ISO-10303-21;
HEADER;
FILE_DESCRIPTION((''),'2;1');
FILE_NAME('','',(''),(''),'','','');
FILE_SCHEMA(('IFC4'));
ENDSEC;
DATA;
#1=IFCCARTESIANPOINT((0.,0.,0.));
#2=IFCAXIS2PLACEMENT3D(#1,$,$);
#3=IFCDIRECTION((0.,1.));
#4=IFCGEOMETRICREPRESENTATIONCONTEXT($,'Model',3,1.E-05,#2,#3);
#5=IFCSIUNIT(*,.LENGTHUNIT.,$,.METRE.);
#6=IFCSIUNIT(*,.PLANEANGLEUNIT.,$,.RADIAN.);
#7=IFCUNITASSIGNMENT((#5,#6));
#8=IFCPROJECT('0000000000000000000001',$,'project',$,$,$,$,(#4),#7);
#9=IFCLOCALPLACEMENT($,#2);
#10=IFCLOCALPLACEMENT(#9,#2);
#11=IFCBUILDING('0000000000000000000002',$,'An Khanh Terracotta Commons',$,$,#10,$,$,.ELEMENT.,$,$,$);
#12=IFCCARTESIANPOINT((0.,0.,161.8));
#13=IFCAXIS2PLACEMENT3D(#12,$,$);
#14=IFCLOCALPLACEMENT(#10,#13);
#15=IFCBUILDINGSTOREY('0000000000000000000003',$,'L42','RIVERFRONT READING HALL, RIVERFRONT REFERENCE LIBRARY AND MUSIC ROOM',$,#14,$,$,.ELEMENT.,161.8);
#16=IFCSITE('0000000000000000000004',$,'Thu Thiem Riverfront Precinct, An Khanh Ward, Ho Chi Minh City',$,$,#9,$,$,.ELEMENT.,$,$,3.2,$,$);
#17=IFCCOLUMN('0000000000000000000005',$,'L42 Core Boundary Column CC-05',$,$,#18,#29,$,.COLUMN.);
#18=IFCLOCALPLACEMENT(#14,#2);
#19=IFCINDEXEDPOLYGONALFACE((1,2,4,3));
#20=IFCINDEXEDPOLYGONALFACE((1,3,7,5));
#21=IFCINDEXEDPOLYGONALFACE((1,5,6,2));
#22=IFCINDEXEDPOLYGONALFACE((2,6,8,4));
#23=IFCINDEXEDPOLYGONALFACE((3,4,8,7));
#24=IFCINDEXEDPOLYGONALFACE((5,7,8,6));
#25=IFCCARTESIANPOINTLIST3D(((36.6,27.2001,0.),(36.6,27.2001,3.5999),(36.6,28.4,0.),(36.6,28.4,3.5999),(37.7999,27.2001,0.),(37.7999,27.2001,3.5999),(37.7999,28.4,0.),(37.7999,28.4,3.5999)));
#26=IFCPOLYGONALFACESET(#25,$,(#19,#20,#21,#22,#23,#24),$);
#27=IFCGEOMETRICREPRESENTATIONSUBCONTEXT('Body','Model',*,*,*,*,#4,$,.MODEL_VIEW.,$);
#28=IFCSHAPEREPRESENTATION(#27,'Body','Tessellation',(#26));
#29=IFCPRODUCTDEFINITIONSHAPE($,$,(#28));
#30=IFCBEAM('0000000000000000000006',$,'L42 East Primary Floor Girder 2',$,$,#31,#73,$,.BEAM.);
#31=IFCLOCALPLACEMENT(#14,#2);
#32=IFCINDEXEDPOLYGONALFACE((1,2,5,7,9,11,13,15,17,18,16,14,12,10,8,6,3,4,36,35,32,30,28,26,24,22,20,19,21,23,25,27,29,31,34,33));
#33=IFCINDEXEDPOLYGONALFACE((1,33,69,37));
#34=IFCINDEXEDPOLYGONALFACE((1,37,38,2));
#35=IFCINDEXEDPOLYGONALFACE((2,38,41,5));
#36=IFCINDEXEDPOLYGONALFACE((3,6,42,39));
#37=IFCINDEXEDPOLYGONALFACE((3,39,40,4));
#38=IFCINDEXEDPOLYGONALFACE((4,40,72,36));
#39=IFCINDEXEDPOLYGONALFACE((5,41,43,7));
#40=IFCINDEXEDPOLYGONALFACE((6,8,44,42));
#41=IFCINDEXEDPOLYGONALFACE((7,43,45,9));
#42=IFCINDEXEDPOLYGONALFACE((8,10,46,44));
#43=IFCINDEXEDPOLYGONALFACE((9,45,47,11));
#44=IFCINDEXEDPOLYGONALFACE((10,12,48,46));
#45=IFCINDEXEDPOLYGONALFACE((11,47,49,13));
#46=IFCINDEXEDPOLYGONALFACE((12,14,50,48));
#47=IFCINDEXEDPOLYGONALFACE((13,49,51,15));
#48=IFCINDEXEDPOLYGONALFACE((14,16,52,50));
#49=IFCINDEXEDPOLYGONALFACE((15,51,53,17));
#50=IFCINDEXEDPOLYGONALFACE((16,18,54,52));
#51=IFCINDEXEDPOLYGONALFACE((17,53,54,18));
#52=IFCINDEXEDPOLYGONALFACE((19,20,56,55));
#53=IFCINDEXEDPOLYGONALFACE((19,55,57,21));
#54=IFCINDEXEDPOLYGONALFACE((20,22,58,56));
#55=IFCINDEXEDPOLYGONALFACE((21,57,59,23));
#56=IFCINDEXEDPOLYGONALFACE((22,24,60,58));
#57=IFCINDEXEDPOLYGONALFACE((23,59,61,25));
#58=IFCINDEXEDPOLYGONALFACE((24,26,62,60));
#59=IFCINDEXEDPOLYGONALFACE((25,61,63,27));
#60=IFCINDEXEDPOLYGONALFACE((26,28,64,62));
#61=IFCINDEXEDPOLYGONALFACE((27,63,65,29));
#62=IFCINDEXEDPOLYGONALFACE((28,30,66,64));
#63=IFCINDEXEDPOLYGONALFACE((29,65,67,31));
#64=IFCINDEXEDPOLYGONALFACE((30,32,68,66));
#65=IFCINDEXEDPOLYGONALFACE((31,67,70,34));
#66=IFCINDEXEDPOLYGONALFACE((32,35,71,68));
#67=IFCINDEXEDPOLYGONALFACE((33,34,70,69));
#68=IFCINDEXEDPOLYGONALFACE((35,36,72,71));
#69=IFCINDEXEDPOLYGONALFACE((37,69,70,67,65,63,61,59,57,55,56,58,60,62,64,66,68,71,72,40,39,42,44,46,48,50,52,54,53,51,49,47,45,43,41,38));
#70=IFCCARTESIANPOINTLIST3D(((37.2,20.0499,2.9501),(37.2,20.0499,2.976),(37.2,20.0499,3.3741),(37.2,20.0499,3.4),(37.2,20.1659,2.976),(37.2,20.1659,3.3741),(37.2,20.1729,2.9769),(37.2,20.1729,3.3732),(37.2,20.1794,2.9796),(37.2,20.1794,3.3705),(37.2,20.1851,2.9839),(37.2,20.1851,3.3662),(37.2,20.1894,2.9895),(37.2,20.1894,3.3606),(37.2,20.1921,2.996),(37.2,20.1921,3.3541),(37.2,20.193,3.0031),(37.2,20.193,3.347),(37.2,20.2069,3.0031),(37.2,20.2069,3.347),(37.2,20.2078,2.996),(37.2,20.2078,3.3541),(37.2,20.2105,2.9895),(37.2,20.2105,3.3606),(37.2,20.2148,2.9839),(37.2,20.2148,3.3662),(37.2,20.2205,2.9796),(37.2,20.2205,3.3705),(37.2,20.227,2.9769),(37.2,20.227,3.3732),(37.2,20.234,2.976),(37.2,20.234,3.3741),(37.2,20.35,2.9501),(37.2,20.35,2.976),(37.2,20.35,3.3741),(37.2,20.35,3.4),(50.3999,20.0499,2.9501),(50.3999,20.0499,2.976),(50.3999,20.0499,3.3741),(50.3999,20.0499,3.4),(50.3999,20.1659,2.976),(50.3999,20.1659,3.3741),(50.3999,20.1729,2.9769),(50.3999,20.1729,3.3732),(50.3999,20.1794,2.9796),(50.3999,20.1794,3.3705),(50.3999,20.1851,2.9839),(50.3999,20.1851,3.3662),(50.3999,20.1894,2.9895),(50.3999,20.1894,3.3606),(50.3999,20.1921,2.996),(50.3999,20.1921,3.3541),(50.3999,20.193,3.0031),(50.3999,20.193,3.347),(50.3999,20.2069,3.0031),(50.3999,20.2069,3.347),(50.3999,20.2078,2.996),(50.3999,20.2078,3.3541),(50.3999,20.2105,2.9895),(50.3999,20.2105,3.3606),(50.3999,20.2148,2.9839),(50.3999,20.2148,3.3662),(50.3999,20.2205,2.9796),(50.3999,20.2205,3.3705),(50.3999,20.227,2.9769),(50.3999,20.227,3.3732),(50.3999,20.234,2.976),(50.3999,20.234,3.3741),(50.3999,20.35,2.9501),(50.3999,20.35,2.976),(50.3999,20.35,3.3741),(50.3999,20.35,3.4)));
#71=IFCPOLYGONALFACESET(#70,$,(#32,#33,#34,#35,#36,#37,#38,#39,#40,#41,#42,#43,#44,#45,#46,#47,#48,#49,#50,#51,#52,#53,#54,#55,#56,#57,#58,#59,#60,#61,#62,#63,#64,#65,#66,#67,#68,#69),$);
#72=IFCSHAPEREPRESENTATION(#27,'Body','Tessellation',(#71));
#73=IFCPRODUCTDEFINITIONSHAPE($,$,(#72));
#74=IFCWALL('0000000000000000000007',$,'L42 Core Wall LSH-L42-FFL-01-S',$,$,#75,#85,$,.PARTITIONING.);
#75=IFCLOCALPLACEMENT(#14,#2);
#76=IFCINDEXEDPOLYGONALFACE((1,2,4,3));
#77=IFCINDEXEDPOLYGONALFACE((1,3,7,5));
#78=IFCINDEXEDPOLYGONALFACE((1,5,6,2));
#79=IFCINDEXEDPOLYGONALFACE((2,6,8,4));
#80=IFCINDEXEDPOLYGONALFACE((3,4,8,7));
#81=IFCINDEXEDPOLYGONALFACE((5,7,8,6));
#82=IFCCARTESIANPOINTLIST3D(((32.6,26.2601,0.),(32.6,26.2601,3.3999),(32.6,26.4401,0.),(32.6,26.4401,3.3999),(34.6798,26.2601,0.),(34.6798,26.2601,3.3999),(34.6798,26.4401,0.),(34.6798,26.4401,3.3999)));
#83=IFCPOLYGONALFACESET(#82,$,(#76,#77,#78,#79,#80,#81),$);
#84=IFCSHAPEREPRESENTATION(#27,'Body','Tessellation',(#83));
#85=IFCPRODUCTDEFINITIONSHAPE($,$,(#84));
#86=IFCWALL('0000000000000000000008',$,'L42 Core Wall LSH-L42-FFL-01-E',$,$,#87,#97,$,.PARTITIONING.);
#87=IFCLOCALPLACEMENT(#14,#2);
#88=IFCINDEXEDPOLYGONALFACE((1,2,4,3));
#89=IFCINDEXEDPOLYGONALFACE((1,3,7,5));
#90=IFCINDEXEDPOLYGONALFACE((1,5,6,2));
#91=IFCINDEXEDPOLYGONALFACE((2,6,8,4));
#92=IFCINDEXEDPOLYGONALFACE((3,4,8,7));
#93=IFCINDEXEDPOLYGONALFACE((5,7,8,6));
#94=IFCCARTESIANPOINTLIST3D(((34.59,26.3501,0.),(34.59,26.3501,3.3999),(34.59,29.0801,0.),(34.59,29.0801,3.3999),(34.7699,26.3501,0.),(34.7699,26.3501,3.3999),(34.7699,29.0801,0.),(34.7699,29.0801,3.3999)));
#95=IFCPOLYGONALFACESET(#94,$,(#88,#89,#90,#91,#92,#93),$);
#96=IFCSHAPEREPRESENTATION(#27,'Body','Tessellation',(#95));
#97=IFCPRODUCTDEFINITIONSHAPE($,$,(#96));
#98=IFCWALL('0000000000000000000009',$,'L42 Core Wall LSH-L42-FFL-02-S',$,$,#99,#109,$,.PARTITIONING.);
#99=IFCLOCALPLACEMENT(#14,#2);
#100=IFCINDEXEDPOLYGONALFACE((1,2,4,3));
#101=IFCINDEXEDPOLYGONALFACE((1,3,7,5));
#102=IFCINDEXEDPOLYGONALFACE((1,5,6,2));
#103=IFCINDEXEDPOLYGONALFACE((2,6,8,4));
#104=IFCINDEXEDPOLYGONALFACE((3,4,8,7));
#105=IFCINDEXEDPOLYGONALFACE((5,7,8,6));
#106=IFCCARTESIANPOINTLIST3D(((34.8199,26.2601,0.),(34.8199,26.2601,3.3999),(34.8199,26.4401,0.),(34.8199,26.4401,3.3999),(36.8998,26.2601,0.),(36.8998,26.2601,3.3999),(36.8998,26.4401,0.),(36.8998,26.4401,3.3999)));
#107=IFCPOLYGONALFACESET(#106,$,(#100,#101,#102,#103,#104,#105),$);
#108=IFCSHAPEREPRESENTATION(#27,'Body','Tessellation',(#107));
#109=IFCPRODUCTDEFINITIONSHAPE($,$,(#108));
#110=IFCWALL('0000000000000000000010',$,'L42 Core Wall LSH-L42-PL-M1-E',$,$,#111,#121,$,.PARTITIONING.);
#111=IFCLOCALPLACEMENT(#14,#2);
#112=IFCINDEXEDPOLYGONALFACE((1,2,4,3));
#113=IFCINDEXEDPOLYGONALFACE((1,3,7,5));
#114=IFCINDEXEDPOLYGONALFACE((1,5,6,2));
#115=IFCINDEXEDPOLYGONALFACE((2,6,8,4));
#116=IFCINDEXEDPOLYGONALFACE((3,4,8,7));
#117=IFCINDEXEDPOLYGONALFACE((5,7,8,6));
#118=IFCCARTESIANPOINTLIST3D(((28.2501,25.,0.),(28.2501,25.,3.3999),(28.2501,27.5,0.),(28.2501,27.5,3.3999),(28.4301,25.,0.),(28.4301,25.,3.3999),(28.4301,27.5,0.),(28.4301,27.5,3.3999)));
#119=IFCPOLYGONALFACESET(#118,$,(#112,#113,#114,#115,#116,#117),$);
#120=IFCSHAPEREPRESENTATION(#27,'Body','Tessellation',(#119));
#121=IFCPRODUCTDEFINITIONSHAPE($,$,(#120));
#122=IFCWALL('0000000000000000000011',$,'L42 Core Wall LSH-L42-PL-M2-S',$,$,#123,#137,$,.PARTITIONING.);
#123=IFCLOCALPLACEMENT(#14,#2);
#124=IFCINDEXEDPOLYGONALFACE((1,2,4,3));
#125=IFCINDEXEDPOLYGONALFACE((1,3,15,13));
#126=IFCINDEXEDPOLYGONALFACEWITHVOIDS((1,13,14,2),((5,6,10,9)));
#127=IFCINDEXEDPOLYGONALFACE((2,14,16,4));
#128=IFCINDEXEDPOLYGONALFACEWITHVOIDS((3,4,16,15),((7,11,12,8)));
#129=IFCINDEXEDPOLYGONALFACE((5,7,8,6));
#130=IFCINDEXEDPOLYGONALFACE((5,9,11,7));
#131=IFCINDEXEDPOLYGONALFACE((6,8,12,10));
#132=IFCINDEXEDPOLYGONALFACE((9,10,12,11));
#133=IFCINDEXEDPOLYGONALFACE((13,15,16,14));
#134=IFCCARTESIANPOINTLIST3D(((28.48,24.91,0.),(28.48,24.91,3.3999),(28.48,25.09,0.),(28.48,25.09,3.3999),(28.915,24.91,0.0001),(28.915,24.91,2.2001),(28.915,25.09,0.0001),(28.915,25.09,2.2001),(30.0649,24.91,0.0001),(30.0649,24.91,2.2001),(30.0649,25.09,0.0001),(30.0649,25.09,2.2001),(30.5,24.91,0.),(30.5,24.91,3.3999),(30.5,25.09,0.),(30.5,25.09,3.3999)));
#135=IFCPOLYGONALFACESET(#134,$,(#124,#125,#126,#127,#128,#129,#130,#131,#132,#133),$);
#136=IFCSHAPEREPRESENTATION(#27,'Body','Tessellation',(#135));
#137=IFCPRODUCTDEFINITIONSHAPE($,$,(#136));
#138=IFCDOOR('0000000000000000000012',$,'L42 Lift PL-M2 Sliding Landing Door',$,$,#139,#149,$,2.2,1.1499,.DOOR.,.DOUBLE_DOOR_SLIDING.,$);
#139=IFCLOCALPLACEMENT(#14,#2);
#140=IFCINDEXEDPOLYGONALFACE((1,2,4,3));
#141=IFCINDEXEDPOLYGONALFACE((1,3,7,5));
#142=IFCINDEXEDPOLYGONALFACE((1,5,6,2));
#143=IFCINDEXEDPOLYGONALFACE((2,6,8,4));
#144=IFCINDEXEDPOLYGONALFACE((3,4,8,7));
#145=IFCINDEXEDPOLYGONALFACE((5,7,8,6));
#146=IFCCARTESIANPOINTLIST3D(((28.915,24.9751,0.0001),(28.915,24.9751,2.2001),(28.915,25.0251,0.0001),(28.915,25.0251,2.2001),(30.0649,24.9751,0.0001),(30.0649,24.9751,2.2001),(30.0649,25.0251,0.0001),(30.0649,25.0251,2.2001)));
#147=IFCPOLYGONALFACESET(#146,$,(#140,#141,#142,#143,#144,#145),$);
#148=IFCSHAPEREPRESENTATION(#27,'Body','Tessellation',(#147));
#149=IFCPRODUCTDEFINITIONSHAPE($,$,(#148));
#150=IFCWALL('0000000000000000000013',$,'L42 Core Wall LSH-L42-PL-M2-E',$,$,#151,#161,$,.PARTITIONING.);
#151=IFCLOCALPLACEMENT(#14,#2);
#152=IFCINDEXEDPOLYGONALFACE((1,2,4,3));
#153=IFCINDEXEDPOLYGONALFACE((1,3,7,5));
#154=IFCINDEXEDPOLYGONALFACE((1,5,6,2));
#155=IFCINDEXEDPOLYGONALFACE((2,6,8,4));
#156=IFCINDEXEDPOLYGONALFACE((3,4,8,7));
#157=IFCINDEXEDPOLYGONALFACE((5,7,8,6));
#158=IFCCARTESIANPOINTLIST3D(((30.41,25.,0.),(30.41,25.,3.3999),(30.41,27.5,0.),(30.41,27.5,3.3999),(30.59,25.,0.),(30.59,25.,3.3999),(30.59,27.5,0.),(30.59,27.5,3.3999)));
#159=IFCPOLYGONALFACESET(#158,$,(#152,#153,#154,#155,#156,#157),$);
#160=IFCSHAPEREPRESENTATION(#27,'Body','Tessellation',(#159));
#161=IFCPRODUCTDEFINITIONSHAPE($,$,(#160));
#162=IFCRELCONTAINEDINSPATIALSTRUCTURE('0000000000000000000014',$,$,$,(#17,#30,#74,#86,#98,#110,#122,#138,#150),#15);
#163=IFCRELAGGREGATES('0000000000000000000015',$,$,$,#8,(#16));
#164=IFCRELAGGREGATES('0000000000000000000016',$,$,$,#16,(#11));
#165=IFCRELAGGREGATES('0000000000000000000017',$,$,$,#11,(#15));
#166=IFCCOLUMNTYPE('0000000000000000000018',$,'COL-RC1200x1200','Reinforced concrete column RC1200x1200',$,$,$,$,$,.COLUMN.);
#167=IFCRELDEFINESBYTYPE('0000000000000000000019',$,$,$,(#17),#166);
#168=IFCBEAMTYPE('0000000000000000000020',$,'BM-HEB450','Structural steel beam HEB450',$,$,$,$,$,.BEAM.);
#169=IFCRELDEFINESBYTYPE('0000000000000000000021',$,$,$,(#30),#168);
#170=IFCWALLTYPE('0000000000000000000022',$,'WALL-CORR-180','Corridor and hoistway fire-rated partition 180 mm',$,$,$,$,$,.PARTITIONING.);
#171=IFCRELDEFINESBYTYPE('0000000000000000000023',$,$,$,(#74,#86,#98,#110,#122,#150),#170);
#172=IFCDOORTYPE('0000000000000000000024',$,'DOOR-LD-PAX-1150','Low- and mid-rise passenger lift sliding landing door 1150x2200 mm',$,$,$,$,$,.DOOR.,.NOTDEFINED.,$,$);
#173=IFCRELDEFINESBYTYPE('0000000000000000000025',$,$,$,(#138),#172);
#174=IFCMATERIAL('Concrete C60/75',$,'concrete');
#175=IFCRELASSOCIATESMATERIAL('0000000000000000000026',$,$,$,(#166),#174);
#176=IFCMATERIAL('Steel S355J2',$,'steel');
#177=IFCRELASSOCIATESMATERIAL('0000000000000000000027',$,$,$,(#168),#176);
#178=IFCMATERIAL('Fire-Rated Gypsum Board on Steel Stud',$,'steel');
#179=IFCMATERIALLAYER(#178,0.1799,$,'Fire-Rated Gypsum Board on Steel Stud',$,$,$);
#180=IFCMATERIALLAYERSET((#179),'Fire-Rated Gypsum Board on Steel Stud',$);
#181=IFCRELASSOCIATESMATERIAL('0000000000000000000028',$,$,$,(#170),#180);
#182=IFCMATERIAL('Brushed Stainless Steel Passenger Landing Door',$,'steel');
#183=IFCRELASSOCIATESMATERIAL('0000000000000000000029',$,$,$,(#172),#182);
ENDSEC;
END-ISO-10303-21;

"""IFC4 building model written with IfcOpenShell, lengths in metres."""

from ifc_helpers import new_model, si_unit, direction, frame, frame_2d, origin, origin_2d, place, context, subcontext, project, spatial, rectangle, i_section, extrude, material, layer, layer_set, material_profile, profile_set, type_object, element, fill, save


model = new_model("IFC4")

# Units and contexts
model_context = context("Model", 3, precision=1e-05, world=origin(), true_north=direction((0.0, 1.0)))
body_context = subcontext(model_context, "Body", "Model", "MODEL_VIEW")
ifc_project = project(units=[si_unit("LENGTHUNIT", "METRE"), si_unit("PLANEANGLEUNIT", "RADIAN")], contexts=[model_context])

# Site, building, storey
site_placement = place(None, origin())
site = spatial("IfcSite", under=ifc_project, at=site_placement, Name="Thu Thiem Riverfront Precinct, An Khanh Ward, Ho Chi Minh City", CompositionType="ELEMENT", RefElevation=3.2)
building_placement = place(site_placement, origin())
building = spatial("IfcBuilding", under=site, at=building_placement, Name="An Khanh Terracotta Commons", CompositionType="ELEMENT")
storey_placement = place(building_placement, frame((0.0, 0.0, 161.8)))
storey = spatial("IfcBuildingStorey", under=building, at=storey_placement, Name="L42", Description="RIVERFRONT READING HALL, RIVERFRONT REFERENCE LIBRARY AND MUSIC ROOM", CompositionType="ELEMENT", Elevation=161.8)

# Column
ifc_material_1 = material(Name="Concrete C60/75", Category="concrete")
ifc_material_profile_1 = material_profile(ifc_material_1, rectangle(XDim=1.2, YDim=1.2, at=origin_2d()), Name="RC1200x1200")
ifc_profile_set_1 = profile_set([ifc_material_profile_1], Name="Concrete C60/75")
column_type = type_object("IfcColumnType", Name="COL-RC1200x1200", Description="Reinforced concrete column RC1200x1200", PredefinedType="COLUMN", material=ifc_profile_set_1)
column_placement = place(storey_placement, frame((37.2, 27.8, 0.0), z_axis=(0.0, 0.0, 1.0), x_axis=(1.0, 0.0, 0.0)))
element("IfcColumn", 1, at=column_placement, inside=storey, type_object=column_type, Name="L42 Core Boundary Column CC-05", PredefinedType="COLUMN", context=body_context, shape_type="SweptSolid", body=[
    extrude(rectangle(XDim=1.2, YDim=1.2, at=origin_2d()), origin(), (0.0, 0.0, 1.0), 3.5999),
])

# Beam
ifc_material_2 = material(Name="Steel S355J2", Category="steel")
ifc_material_profile_2 = material_profile(ifc_material_2, i_section(OverallWidth=0.3, OverallDepth=0.45, WebThickness=0.0139, FlangeThickness=0.0259, FilletRadius=0.0271, at=origin_2d()), Name="HEB450")
ifc_profile_set_2 = profile_set([ifc_material_profile_2], Name="Steel S355J2")
beam_type = type_object("IfcBeamType", Name="BM-HEB450", Description="Structural steel beam HEB450", PredefinedType="BEAM", material=ifc_profile_set_2)
beam_placement = place(storey_placement, frame((37.2, 20.2, 3.175), z_axis=(1.0, 0.0, 0.0), x_axis=(0.0, 1.0, 0.0)))
element("IfcBeam", 2, at=beam_placement, inside=storey, type_object=beam_type, Name="L42 East Primary Floor Girder 2", PredefinedType="BEAM", context=body_context, shape_type="SweptSolid", body=[
    extrude(i_section(OverallWidth=0.3, OverallDepth=0.45, WebThickness=0.0139, FlangeThickness=0.0259, FilletRadius=0.0271, at=origin_2d()), origin(), (0.0, 0.0, 1.0), 13.2),
])

# Walls
ifc_material_3 = material(Name="Fire-Rated Gypsum Board on Steel Stud", Category="steel")
ifc_layer_1 = layer(ifc_material_3, 0.1799, Name="Fire-Rated Gypsum Board on Steel Stud")
ifc_layer_set_1 = layer_set([ifc_layer_1], Name="Fire-Rated Gypsum Board on Steel Stud")
wall_type_1 = type_object("IfcWallType", Name="WALL-CORR-180", Description="Corridor and hoistway fire-rated partition 180 mm", PredefinedType="PARTITIONING", material=ifc_layer_set_1)
wall_1_placement = place(storey_placement, frame((34.6799, 26.3501, 0.0), z_axis=(0.0, 0.0, 1.0), x_axis=(-1.0, 0.0, 0.0)))
element("IfcWall", 3, at=wall_1_placement, inside=storey, type_object=wall_type_1, Name="L42 Core Wall LSH-L42-FFL-01-S", PredefinedType="PARTITIONING", context=body_context, shape_type="SweptSolid", body=[
    extrude(rectangle(XDim=2.0798, YDim=0.1799, at=frame_2d((1.04, 0.0))), origin(), (0.0, 0.0, 1.0), 3.3999),
])
wall_2_placement = place(storey_placement, frame((34.6799, 26.3501, 0.0), z_axis=(0.0, 0.0, 1.0), x_axis=(0.0, 1.0, 0.0)))
element("IfcWall", 4, at=wall_2_placement, inside=storey, type_object=wall_type_1, Name="L42 Core Wall LSH-L42-FFL-01-E", PredefinedType="PARTITIONING", context=body_context, shape_type="SweptSolid", body=[
    extrude(rectangle(XDim=2.73, YDim=0.1799, at=frame_2d((1.365, 0.0))), origin(), (0.0, 0.0, 1.0), 3.3999),
])
wall_3_placement = place(storey_placement, frame((36.8999, 26.3501, 0.0), z_axis=(0.0, 0.0, 1.0), x_axis=(-1.0, 0.0, 0.0)))
element("IfcWall", 5, at=wall_3_placement, inside=storey, type_object=wall_type_1, Name="L42 Core Wall LSH-L42-FFL-02-S", PredefinedType="PARTITIONING", context=body_context, shape_type="SweptSolid", body=[
    extrude(rectangle(XDim=2.0798, YDim=0.1799, at=frame_2d((1.04, 0.0))), origin(), (0.0, 0.0, 1.0), 3.3999),
])
wall_4_placement = place(storey_placement, frame((28.3401, 25.0, 0.0), z_axis=(0.0, 0.0, 1.0), x_axis=(0.0, 1.0, 0.0)))
element("IfcWall", 6, at=wall_4_placement, inside=storey, type_object=wall_type_1, Name="L42 Core Wall LSH-L42-PL-M1-E", PredefinedType="PARTITIONING", context=body_context, shape_type="SweptSolid", body=[
    extrude(rectangle(XDim=2.5, YDim=0.1799, at=frame_2d((1.25, 0.0))), origin(), (0.0, 0.0, 1.0), 3.3999),
])

# Wall, opening, door
wall_5_placement = place(storey_placement, frame((30.5, 25.0, 0.0), z_axis=(0.0, 0.0, 1.0), x_axis=(-1.0, 0.0, 0.0)))
wall_5 = element("IfcWall", 7, at=wall_5_placement, inside=storey, type_object=wall_type_1, Name="L42 Core Wall LSH-L42-PL-M2-S", PredefinedType="PARTITIONING", context=body_context, shape_type="SweptSolid", body=[
    extrude(rectangle(XDim=2.02, YDim=0.1799, at=frame_2d((1.01, 0.0))), origin(), (0.0, 0.0, 1.0), 3.3999),
])
opening_1_placement = place(wall_5_placement, frame((0.4351, 0.0, 0.0)))
opening_1 = element("IfcOpeningElement", 8, at=opening_1_placement, cuts=wall_5, PredefinedType="OPENING", context=body_context, shape_type="SweptSolid", body=[
    extrude(rectangle(XDim=1.1499, YDim=2.2, at=frame_2d((0.575, 1.1001))), frame((0.0, 0.0999, 0.0), z_axis=(0.0, -1.0, 0.0), x_axis=(1.0, 0.0, 0.0)), (0.0, 0.0, 1.0), 0.2),
])
ifc_material_4 = material(Name="Brushed Stainless Steel Passenger Landing Door", Category="steel")
door_type = type_object("IfcDoorType", Name="DOOR-LD-PAX-1150", Description="Low- and mid-rise passenger lift sliding landing door 1150x2200 mm", OperationType="NOTDEFINED", PredefinedType="DOOR", material=ifc_material_4)
door_1_placement = place(opening_1_placement, origin())
door_1 = element("IfcDoor", 9, at=door_1_placement, inside=storey, type_object=door_type, Name="L42 Lift PL-M2 Sliding Landing Door", OperationType="DOUBLE_DOOR_SLIDING", OverallHeight=2.2, OverallWidth=1.1499, PredefinedType="DOOR", context=body_context, shape_type="SweptSolid", body=[
    extrude(rectangle(XDim=1.1499, YDim=2.2, at=frame_2d((0.575, 1.1001))), frame((0.0, 0.0249, 0.0), z_axis=(0.0, -1.0, 0.0), x_axis=(1.0, 0.0, 0.0)), (0.0, 0.0, 1.0), 0.05),
])
fill(opening_1, door_1)

# Wall
wall_6_placement = place(storey_placement, frame((30.5, 25.0, 0.0), z_axis=(0.0, 0.0, 1.0), x_axis=(0.0, 1.0, 0.0)))
element("IfcWall", 10, at=wall_6_placement, inside=storey, type_object=wall_type_1, Name="L42 Core Wall LSH-L42-PL-M2-E", PredefinedType="PARTITIONING", context=body_context, shape_type="SweptSolid", body=[
    extrude(rectangle(XDim=2.5, YDim=0.1799, at=frame_2d((1.25, 0.0))), origin(), (0.0, 0.0, 1.0), 3.3999),
])

save(model, "model.ifc")
